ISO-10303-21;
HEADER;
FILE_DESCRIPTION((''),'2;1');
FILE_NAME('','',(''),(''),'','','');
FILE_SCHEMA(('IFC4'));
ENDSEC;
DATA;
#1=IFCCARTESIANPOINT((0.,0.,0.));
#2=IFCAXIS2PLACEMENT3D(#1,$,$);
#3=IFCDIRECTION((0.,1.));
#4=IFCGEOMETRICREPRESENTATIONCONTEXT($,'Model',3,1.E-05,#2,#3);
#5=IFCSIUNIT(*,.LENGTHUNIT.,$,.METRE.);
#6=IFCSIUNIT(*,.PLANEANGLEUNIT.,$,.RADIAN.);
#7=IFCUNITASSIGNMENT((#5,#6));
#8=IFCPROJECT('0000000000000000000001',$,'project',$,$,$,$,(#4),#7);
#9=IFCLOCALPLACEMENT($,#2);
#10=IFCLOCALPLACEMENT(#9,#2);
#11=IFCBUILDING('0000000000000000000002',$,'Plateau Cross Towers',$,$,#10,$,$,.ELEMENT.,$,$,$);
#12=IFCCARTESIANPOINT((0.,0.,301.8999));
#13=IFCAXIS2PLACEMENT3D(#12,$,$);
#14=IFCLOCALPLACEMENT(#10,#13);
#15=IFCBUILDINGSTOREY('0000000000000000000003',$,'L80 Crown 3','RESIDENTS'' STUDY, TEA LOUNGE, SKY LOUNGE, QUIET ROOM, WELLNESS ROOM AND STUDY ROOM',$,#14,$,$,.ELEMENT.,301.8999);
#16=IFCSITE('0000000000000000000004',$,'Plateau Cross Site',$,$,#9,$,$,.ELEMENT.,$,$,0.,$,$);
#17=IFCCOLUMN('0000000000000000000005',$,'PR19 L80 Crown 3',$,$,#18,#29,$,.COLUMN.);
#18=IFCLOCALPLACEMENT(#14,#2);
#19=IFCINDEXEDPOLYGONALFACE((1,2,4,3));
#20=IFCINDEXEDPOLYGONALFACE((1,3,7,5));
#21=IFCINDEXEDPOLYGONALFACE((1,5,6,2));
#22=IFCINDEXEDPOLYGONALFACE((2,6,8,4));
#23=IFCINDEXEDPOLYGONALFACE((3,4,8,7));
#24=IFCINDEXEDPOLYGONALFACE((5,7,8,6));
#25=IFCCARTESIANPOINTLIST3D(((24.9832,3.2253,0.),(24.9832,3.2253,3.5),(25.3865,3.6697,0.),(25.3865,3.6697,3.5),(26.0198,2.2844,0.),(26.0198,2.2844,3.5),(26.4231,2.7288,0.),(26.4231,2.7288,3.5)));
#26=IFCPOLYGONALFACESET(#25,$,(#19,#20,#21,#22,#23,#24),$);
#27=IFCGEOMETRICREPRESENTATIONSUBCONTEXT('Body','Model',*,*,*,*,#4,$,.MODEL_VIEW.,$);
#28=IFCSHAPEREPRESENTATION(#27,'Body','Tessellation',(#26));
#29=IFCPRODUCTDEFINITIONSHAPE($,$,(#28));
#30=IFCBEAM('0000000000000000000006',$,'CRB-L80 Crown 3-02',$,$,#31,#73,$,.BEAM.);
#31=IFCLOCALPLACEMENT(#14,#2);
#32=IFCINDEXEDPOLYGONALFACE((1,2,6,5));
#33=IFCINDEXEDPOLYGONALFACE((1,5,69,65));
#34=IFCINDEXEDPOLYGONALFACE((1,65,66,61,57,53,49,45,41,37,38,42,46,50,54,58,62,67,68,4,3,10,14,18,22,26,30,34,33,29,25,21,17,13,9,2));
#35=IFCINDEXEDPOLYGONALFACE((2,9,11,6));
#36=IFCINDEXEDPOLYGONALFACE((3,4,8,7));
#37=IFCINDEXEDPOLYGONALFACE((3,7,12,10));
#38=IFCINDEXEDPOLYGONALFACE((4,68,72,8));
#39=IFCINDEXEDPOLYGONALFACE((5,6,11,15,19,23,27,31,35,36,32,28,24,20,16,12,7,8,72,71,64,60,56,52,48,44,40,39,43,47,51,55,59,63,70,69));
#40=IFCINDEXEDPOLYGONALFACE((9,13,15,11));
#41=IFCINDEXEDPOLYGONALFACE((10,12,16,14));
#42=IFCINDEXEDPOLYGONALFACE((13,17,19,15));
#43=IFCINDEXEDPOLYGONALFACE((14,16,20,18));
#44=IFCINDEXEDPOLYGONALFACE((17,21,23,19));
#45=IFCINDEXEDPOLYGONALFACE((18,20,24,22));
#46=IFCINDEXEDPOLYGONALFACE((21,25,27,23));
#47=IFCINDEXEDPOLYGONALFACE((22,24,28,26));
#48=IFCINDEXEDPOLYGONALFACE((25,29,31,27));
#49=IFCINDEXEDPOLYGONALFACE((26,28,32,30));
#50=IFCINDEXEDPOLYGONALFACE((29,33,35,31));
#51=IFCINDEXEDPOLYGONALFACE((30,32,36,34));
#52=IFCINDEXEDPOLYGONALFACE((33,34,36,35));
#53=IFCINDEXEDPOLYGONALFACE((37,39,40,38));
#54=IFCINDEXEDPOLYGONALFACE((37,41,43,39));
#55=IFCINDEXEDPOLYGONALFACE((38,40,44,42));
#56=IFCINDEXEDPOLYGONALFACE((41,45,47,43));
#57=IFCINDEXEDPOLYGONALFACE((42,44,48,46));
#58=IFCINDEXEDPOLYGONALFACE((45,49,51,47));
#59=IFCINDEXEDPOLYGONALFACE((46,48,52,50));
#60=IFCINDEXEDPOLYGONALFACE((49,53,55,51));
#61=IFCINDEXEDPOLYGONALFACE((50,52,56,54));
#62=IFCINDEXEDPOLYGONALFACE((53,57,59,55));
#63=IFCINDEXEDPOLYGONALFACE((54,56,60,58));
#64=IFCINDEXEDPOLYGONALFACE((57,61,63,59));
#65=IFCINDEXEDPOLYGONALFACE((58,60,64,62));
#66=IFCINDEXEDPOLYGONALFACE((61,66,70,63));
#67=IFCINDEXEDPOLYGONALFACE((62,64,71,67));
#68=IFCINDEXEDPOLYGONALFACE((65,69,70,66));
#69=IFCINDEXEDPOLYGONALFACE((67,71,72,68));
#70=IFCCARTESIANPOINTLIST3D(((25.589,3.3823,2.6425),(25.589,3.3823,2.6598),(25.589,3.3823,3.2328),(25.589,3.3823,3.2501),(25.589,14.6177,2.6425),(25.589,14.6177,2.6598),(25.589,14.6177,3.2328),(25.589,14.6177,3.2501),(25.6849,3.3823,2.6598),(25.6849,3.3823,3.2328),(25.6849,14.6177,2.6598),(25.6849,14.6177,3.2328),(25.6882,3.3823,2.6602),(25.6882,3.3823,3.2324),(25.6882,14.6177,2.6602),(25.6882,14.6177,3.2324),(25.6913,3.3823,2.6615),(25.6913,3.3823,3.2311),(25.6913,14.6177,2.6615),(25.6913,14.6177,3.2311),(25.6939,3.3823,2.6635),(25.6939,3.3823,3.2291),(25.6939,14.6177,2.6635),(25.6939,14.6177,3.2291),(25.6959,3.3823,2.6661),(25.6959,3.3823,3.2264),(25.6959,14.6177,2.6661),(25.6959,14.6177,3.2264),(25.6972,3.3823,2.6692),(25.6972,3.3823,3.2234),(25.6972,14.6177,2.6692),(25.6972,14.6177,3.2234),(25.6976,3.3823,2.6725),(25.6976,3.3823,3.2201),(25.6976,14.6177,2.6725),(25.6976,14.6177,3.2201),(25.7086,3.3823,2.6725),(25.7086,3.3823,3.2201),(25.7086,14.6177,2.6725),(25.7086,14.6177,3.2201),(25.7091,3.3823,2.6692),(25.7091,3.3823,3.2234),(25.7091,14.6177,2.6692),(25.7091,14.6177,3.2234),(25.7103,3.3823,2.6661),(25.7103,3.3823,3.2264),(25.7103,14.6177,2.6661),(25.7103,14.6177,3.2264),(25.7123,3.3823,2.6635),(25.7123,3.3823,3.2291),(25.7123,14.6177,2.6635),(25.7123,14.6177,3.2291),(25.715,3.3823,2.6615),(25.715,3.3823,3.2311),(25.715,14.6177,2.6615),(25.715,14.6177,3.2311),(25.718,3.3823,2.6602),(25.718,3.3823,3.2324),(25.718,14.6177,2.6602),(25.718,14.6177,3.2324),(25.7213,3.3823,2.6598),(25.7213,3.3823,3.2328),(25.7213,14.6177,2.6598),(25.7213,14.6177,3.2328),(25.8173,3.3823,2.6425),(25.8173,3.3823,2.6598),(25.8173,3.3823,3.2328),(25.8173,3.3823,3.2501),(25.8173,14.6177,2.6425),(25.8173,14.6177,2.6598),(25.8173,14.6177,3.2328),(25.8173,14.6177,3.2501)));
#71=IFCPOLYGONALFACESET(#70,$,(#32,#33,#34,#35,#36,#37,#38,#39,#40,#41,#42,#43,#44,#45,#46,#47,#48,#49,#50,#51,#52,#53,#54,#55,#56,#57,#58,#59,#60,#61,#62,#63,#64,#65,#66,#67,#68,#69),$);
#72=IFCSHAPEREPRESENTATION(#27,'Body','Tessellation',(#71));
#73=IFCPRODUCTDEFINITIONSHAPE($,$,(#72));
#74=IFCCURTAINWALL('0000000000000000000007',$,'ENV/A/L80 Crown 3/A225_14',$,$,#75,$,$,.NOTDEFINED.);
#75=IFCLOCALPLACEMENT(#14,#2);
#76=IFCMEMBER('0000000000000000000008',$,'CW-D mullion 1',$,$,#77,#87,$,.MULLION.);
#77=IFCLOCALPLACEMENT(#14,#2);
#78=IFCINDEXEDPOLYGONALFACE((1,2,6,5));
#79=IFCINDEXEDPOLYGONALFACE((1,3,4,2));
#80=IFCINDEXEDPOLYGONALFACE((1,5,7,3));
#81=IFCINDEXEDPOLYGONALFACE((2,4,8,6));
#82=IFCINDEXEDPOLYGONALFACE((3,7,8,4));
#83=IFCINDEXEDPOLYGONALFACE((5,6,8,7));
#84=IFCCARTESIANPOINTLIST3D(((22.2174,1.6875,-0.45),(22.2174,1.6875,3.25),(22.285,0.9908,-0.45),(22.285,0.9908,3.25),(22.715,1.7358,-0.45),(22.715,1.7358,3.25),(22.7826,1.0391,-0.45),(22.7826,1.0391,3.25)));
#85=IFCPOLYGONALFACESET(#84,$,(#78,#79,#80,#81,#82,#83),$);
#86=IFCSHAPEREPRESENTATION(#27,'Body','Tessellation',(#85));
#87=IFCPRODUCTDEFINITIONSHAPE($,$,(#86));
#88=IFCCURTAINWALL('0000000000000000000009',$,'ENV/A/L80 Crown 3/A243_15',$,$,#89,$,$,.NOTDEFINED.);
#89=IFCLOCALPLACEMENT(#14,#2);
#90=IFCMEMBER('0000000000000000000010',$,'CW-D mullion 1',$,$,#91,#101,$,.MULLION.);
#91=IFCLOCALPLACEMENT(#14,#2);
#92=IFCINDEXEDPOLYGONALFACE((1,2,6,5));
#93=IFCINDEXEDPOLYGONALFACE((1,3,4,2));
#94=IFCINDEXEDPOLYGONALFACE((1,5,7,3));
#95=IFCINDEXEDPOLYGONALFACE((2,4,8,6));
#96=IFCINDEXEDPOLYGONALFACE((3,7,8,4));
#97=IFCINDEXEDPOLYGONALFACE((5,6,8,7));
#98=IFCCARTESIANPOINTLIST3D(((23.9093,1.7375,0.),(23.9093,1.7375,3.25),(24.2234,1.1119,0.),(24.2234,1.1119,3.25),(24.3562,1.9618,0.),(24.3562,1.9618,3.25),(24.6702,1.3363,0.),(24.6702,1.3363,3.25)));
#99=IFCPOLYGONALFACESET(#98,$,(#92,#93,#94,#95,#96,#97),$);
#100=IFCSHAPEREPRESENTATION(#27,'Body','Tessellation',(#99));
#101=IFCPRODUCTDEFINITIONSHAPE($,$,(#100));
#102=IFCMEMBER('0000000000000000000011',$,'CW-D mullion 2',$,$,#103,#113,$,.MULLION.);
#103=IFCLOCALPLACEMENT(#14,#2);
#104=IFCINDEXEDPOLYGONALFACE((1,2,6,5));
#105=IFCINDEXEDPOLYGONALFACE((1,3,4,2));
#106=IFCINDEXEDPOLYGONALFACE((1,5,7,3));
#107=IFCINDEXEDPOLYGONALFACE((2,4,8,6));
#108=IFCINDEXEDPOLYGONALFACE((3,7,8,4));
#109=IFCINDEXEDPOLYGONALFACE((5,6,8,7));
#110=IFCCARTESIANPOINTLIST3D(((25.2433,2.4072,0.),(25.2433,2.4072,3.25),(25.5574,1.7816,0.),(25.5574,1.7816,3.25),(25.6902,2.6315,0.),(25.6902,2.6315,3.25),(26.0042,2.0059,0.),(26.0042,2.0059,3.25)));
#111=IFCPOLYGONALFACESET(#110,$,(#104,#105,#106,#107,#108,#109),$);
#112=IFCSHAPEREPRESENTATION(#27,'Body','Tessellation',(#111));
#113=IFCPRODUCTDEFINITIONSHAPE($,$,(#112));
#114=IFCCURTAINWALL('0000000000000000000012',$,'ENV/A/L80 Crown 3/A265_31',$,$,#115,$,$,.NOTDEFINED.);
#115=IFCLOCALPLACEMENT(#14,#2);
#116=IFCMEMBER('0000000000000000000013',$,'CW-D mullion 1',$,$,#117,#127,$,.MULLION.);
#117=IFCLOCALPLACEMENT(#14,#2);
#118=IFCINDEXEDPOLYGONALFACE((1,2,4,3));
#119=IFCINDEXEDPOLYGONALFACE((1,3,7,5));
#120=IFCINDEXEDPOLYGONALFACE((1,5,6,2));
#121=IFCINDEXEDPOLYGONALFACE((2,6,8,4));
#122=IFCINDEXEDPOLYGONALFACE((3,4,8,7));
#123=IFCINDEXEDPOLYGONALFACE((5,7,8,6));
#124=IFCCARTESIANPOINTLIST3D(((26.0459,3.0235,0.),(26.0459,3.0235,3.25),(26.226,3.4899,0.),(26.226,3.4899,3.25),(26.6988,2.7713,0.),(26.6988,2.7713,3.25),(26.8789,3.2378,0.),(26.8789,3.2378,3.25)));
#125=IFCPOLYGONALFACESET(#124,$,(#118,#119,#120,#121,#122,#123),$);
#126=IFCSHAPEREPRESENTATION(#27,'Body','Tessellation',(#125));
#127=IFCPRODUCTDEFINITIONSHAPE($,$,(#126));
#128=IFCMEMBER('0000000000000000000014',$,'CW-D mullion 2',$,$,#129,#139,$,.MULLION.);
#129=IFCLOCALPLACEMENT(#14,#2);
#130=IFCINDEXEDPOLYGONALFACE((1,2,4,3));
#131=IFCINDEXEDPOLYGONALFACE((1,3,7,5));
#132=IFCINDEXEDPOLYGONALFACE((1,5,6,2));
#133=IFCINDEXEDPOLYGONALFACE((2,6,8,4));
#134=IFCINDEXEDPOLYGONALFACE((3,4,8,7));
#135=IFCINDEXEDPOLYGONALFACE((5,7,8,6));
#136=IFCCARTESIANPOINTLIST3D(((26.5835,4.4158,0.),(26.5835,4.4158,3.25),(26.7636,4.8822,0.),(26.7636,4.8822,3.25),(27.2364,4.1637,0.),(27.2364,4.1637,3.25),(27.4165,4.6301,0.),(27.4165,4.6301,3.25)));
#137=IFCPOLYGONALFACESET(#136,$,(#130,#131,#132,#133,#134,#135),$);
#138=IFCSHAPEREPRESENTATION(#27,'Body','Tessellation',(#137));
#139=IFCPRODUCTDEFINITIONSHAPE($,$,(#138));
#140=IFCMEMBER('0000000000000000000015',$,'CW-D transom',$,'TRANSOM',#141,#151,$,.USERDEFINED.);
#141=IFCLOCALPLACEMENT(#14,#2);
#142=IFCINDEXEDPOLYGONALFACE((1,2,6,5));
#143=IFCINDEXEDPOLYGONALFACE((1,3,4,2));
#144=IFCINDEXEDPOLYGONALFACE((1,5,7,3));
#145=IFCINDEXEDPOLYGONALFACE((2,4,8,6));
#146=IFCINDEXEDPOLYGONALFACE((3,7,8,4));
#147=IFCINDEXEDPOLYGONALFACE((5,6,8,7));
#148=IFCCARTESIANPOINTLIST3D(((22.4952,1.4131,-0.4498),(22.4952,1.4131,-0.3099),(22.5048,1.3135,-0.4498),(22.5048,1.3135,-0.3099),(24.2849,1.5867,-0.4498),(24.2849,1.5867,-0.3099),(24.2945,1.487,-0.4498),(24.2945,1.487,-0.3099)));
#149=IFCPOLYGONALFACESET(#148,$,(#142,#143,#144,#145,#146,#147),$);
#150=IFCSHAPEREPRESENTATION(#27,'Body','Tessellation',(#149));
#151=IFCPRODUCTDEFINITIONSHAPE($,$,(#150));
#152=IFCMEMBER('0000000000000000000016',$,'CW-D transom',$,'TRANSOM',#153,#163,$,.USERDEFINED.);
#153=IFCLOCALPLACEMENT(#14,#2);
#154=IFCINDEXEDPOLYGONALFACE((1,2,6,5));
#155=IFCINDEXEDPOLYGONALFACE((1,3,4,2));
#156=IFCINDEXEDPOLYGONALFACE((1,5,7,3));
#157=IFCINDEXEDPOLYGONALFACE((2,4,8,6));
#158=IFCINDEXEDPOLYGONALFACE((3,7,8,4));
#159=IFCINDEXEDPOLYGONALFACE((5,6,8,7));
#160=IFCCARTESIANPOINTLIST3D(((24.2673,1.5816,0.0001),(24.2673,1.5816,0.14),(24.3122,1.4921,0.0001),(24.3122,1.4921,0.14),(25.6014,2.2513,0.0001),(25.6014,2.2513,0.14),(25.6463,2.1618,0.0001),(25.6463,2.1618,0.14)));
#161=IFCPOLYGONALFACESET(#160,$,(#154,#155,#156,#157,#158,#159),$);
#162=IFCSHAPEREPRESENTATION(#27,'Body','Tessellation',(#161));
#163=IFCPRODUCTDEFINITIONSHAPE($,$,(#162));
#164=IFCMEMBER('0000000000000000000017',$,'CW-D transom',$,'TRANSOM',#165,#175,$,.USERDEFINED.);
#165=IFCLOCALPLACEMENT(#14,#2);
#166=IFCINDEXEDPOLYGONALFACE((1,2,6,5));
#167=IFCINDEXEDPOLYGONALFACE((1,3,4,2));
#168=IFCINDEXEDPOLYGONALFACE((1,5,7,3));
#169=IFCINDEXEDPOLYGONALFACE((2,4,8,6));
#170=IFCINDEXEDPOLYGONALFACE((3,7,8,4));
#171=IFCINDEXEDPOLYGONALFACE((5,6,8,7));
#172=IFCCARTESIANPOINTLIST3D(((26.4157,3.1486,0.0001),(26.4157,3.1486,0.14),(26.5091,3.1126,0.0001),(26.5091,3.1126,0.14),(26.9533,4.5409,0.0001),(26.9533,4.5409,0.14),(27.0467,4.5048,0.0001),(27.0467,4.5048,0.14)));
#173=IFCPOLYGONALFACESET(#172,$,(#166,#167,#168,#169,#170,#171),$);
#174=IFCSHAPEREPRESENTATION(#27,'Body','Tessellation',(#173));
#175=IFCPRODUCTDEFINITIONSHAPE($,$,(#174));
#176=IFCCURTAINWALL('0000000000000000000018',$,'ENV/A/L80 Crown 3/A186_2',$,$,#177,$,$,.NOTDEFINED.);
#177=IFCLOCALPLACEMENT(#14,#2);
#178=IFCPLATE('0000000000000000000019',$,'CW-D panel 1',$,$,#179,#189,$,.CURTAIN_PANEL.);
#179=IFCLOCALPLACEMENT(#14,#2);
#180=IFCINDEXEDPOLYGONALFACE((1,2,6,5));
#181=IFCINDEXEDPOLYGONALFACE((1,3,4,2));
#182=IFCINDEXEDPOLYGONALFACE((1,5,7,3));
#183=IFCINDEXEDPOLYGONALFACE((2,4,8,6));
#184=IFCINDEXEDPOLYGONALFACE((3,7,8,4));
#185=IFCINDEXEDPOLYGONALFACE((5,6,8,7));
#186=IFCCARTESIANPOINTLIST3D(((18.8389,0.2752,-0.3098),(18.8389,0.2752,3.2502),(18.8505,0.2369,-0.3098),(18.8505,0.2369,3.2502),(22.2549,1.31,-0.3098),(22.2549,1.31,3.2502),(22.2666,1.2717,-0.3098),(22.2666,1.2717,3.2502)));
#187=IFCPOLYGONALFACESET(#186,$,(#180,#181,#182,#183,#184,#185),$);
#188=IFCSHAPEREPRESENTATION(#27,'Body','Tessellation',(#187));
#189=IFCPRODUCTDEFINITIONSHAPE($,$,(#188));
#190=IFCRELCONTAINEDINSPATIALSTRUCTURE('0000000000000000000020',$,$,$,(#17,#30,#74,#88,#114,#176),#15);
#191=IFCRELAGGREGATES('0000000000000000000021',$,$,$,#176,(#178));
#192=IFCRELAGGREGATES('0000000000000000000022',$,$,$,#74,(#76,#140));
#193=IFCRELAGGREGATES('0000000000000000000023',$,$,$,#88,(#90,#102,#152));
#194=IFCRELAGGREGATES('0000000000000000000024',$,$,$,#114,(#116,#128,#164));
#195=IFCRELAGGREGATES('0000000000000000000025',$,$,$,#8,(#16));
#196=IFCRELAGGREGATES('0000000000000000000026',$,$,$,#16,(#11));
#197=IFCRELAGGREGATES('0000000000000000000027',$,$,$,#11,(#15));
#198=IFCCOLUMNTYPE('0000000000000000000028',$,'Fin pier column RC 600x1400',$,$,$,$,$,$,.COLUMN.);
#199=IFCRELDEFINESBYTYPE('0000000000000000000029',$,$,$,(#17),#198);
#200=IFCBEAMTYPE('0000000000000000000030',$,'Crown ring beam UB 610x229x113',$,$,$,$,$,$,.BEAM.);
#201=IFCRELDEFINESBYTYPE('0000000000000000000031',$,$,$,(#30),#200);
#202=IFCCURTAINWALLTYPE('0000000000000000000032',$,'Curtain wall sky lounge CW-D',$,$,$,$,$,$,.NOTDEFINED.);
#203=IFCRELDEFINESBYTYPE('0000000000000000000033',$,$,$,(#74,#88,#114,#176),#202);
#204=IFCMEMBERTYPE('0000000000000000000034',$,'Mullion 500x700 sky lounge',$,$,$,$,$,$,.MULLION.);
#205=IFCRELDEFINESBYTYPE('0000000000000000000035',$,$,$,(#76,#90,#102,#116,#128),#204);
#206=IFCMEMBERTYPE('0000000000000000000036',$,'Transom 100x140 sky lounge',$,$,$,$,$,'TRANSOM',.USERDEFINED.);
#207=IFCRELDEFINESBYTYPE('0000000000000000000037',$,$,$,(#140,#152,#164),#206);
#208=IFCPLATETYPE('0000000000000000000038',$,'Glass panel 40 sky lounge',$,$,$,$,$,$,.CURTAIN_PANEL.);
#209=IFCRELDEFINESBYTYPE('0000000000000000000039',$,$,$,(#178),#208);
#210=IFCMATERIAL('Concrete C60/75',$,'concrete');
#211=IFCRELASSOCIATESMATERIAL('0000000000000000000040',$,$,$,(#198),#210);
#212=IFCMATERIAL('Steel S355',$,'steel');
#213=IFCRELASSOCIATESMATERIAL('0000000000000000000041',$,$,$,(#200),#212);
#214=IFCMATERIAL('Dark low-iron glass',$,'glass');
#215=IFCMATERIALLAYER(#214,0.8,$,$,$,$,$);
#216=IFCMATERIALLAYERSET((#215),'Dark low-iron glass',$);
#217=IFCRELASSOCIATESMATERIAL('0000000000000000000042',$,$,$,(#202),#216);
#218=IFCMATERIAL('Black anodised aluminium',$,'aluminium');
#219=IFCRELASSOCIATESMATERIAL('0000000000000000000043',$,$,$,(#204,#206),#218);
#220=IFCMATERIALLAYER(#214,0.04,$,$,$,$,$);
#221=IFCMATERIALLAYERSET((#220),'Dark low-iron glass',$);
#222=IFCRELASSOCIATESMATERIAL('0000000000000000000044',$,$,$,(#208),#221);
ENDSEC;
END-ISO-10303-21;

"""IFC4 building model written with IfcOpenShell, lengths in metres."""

from ifc_helpers import new_model, si_unit, direction, frame, origin, origin_2d, place, context, subcontext, project, spatial, rectangle, i_section, extrude, material, layer, layer_set, material_profile, profile_set, type_object, element, aggregate, save


model = new_model("IFC4")

# Units and contexts
model_context = context("Model", 3, precision=1e-05, world=origin(), true_north=direction((0.0, 1.0)))
body_context = subcontext(model_context, "Body", "Model", "MODEL_VIEW")
ifc_project = project(units=[si_unit("LENGTHUNIT", "METRE"), si_unit("PLANEANGLEUNIT", "RADIAN")], contexts=[model_context])

# Site, building, storey
site_placement = place(None, origin())
site = spatial("IfcSite", under=ifc_project, at=site_placement, Name="Plateau Cross Site", CompositionType="ELEMENT", RefElevation=0.0)
building_placement = place(site_placement, origin())
building = spatial("IfcBuilding", under=site, at=building_placement, Name="Plateau Cross Towers", CompositionType="ELEMENT")
storey_placement = place(building_placement, frame((0.0, 0.0, 301.8999)))
storey = spatial("IfcBuildingStorey", under=building, at=storey_placement, Name="L80 Crown 3", Description="RESIDENTS' STUDY, TEA LOUNGE, SKY LOUNGE, QUIET ROOM, WELLNESS ROOM AND STUDY ROOM", CompositionType="ELEMENT", Elevation=301.8999)

# Column
ifc_material_1 = material(Name="Concrete C60/75", Category="concrete")
ifc_material_profile_1 = material_profile(ifc_material_1, rectangle(XDim=0.6001, YDim=1.3999, at=origin_2d()), Name="RC 600x1400")
ifc_profile_set_1 = profile_set([ifc_material_profile_1], Name="Concrete C60/75")
column_type = type_object("IfcColumnType", Name="Fin pier column RC 600x1400", PredefinedType="COLUMN", material=ifc_profile_set_1)
column_placement = place(storey_placement, frame((25.7031, 2.9771, 0.0), z_axis=(0.0, 0.0, 1.0), x_axis=(0.672084, 0.740475, 0.0)))
element("IfcColumn", 1, at=column_placement, inside=storey, type_object=column_type, Name="PR19 L80 Crown 3", PredefinedType="COLUMN", context=body_context, shape_type="SweptSolid", body=[
    extrude(rectangle(XDim=0.6001, YDim=1.3999, at=origin_2d()), origin(), (0.0, 0.0, 1.0), 3.5),
])

# Beam
ifc_material_2 = material(Name="Steel S355", Category="steel")
ifc_material_profile_2 = material_profile(ifc_material_2, i_section(OverallWidth=0.2283, OverallDepth=0.6077, WebThickness=0.011, FlangeThickness=0.0173, FilletRadius=0.0127, at=origin_2d()), Name="UB 610x229x113")
ifc_profile_set_2 = profile_set([ifc_material_profile_2], Name="Steel S355")
beam_type = type_object("IfcBeamType", Name="Crown ring beam UB 610x229x113", PredefinedType="BEAM", material=ifc_profile_set_2)
beam_placement = place(storey_placement, frame((25.7031, 3.3823, 2.9463), z_axis=(0.0, 1.0, 0.0), x_axis=(-1.0, 0.0, 0.0)))
element("IfcBeam", 2, at=beam_placement, inside=storey, type_object=beam_type, Name="CRB-L80 Crown 3-02", PredefinedType="BEAM", context=body_context, shape_type="SweptSolid", body=[
    extrude(i_section(OverallWidth=0.2283, OverallDepth=0.6077, WebThickness=0.011, FlangeThickness=0.0173, FilletRadius=0.0127, at=origin_2d()), origin(), (0.0, 0.0, 1.0), 11.2354),
])

# Curtain wall, member
ifc_material_3 = material(Name="Dark low-iron glass", Category="glass")
ifc_layer_1 = layer(ifc_material_3, 0.8)
ifc_layer_set_1 = layer_set([ifc_layer_1], Name="Dark low-iron glass")
curtain_wall_type = type_object("IfcCurtainWallType", Name="Curtain wall sky lounge CW-D", PredefinedType="NOTDEFINED", material=ifc_layer_set_1)
curtain_wall_1_placement = place(storey_placement, origin())
curtain_wall_1 = element("IfcCurtainWall", 3, at=curtain_wall_1_placement, inside=storey, type_object=curtain_wall_type, Name="ENV/A/L80 Crown 3/A225_14", PredefinedType="NOTDEFINED")
ifc_material_4 = material(Name="Black anodised aluminium", Category="aluminium")
ifc_material_profile_3 = material_profile(ifc_material_4, rectangle(XDim=0.5, YDim=0.7, at=origin_2d()), Name="MULLION 500x700")
ifc_profile_set_3 = profile_set([ifc_material_profile_3], Name="Black anodised aluminium")
member_type_1 = type_object("IfcMemberType", Name="Mullion 500x700 sky lounge", PredefinedType="MULLION", material=ifc_profile_set_3)
member_1_placement = place(storey_placement, frame((22.5, 1.3633, -0.45), z_axis=(0.0, 0.0, 1.0), x_axis=(0.995323, 0.096606, 0.0)))
member_1 = element("IfcMember", 4, at=member_1_placement, type_object=member_type_1, Name="CW-D mullion 1", PredefinedType="MULLION", context=body_context, shape_type="SweptSolid", body=[
    extrude(rectangle(XDim=0.5, YDim=0.7, at=origin_2d()), origin(), (0.0, 0.0, 1.0), 3.7),
])

# Curtain walls, members
curtain_wall_2_placement = place(storey_placement, origin())
curtain_wall_2 = element("IfcCurtainWall", 5, at=curtain_wall_2_placement, inside=storey, type_object=curtain_wall_type, Name="ENV/A/L80 Crown 3/A243_15", PredefinedType="NOTDEFINED")
member_2_placement = place(storey_placement, frame((24.2898, 1.5369, 0.0), z_axis=(0.0, 0.0, 1.0), x_axis=(0.893702, 0.448661, 0.0)))
member_2 = element("IfcMember", 6, at=member_2_placement, type_object=member_type_1, Name="CW-D mullion 1", PredefinedType="MULLION", context=body_context, shape_type="SweptSolid", body=[
    extrude(rectangle(XDim=0.5, YDim=0.7, at=origin_2d()), origin(), (0.0, 0.0, 1.0), 3.25),
])
member_3_placement = place(storey_placement, frame((25.6238, 2.2065, 0.0), z_axis=(0.0, 0.0, 1.0), x_axis=(0.893702, 0.448661, 0.0)))
member_3 = element("IfcMember", 7, at=member_3_placement, type_object=member_type_1, Name="CW-D mullion 2", PredefinedType="MULLION", context=body_context, shape_type="SweptSolid", body=[
    extrude(rectangle(XDim=0.5, YDim=0.7, at=origin_2d()), origin(), (0.0, 0.0, 1.0), 3.25),
])
curtain_wall_3_placement = place(storey_placement, origin())
curtain_wall_3 = element("IfcCurtainWall", 8, at=curtain_wall_3_placement, inside=storey, type_object=curtain_wall_type, Name="ENV/A/L80 Crown 3/A265_31", PredefinedType="NOTDEFINED")
member_4_placement = place(storey_placement, frame((26.4624, 3.1306, 0.0), z_axis=(0.0, 0.0, 1.0), x_axis=(0.360226, 0.932865, 0.0)))
member_4 = element("IfcMember", 9, at=member_4_placement, type_object=member_type_1, Name="CW-D mullion 1", PredefinedType="MULLION", context=body_context, shape_type="SweptSolid", body=[
    extrude(rectangle(XDim=0.5, YDim=0.7, at=origin_2d()), origin(), (0.0, 0.0, 1.0), 3.25),
])
member_5_placement = place(storey_placement, frame((27.0, 4.5229, 0.0), z_axis=(0.0, 0.0, 1.0), x_axis=(0.360226, 0.932865, 0.0)))
member_5 = element("IfcMember", 10, at=member_5_placement, type_object=member_type_1, Name="CW-D mullion 2", PredefinedType="MULLION", context=body_context, shape_type="SweptSolid", body=[
    extrude(rectangle(XDim=0.5, YDim=0.7, at=origin_2d()), origin(), (0.0, 0.0, 1.0), 3.25),
])

# Members
ifc_material_profile_4 = material_profile(ifc_material_4, rectangle(XDim=0.1001, YDim=0.1399, at=origin_2d()), Name="TRANSOM 100x140")
ifc_profile_set_4 = profile_set([ifc_material_profile_4], Name="Black anodised aluminium")
member_type_2 = type_object("IfcMemberType", Name="Transom 100x140 sky lounge", ElementType="TRANSOM", PredefinedType="USERDEFINED", material=ifc_profile_set_4)
member_6_placement = place(storey_placement, frame((22.5, 1.3633, -0.3799), z_axis=(0.99533, 0.096532, 0.0), x_axis=(-0.096532, 0.99533, 0.0)))
member_6 = element("IfcMember", 11, at=member_6_placement, type_object=member_type_2, Name="CW-D transom", ObjectType="TRANSOM", PredefinedType="USERDEFINED", context=body_context, shape_type="SweptSolid", body=[
    extrude(rectangle(XDim=0.1001, YDim=0.1399, at=origin_2d()), origin(), (0.0, 0.0, 1.0), 1.7981),
])
member_7_placement = place(storey_placement, frame((24.2898, 1.5369, 0.0701), z_axis=(0.893706, 0.448652, 0.0), x_axis=(-0.448652, 0.893706, 0.0)))
member_7 = element("IfcMember", 12, at=member_7_placement, type_object=member_type_2, Name="CW-D transom", ObjectType="TRANSOM", PredefinedType="USERDEFINED", context=body_context, shape_type="SweptSolid", body=[
    extrude(rectangle(XDim=0.1001, YDim=0.1399, at=origin_2d()), origin(), (0.0, 0.0, 1.0), 1.4927),
])
member_8_placement = place(storey_placement, frame((26.4624, 3.1306, 0.0701), z_axis=(0.360195, 0.932877, 0.0), x_axis=(-0.932877, 0.360195, 0.0)))
member_8 = element("IfcMember", 13, at=member_8_placement, type_object=member_type_2, Name="CW-D transom", ObjectType="TRANSOM", PredefinedType="USERDEFINED", context=body_context, shape_type="SweptSolid", body=[
    extrude(rectangle(XDim=0.1001, YDim=0.1399, at=origin_2d()), origin(), (0.0, 0.0, 1.0), 1.4924),
])

# Curtain wall, plate
curtain_wall_4_placement = place(storey_placement, origin())
curtain_wall_4 = element("IfcCurtainWall", 14, at=curtain_wall_4_placement, inside=storey, type_object=curtain_wall_type, Name="ENV/A/L80 Crown 3/A186_2", PredefinedType="NOTDEFINED")
ifc_layer_2 = layer(ifc_material_3, 0.04)
ifc_layer_set_2 = layer_set([ifc_layer_2], Name="Dark low-iron glass")
plate_type = type_object("IfcPlateType", Name="Glass panel 40 sky lounge", PredefinedType="CURTAIN_PANEL", material=ifc_layer_set_2)
plate_1_placement = place(storey_placement, frame((20.5527, 0.7734, -0.3098), z_axis=(0.0, 0.0, 1.0), x_axis=(0.957048, 0.289928, 0.0)))
plate_1 = element("IfcPlate", 15, at=plate_1_placement, type_object=plate_type, Name="CW-D panel 1", PredefinedType="CURTAIN_PANEL", context=body_context, shape_type="SweptSolid", body=[
    extrude(rectangle(XDim=3.5693, YDim=0.04, at=origin_2d()), origin(), (0.0, 0.0, 1.0), 3.5601),
])
aggregate(curtain_wall_4, [plate_1])

aggregate(curtain_wall_1, [member_1, member_6])
aggregate(curtain_wall_2, [member_2, member_3, member_7])
aggregate(curtain_wall_3, [member_4, member_5, member_8])

save(model, "model.ifc")
